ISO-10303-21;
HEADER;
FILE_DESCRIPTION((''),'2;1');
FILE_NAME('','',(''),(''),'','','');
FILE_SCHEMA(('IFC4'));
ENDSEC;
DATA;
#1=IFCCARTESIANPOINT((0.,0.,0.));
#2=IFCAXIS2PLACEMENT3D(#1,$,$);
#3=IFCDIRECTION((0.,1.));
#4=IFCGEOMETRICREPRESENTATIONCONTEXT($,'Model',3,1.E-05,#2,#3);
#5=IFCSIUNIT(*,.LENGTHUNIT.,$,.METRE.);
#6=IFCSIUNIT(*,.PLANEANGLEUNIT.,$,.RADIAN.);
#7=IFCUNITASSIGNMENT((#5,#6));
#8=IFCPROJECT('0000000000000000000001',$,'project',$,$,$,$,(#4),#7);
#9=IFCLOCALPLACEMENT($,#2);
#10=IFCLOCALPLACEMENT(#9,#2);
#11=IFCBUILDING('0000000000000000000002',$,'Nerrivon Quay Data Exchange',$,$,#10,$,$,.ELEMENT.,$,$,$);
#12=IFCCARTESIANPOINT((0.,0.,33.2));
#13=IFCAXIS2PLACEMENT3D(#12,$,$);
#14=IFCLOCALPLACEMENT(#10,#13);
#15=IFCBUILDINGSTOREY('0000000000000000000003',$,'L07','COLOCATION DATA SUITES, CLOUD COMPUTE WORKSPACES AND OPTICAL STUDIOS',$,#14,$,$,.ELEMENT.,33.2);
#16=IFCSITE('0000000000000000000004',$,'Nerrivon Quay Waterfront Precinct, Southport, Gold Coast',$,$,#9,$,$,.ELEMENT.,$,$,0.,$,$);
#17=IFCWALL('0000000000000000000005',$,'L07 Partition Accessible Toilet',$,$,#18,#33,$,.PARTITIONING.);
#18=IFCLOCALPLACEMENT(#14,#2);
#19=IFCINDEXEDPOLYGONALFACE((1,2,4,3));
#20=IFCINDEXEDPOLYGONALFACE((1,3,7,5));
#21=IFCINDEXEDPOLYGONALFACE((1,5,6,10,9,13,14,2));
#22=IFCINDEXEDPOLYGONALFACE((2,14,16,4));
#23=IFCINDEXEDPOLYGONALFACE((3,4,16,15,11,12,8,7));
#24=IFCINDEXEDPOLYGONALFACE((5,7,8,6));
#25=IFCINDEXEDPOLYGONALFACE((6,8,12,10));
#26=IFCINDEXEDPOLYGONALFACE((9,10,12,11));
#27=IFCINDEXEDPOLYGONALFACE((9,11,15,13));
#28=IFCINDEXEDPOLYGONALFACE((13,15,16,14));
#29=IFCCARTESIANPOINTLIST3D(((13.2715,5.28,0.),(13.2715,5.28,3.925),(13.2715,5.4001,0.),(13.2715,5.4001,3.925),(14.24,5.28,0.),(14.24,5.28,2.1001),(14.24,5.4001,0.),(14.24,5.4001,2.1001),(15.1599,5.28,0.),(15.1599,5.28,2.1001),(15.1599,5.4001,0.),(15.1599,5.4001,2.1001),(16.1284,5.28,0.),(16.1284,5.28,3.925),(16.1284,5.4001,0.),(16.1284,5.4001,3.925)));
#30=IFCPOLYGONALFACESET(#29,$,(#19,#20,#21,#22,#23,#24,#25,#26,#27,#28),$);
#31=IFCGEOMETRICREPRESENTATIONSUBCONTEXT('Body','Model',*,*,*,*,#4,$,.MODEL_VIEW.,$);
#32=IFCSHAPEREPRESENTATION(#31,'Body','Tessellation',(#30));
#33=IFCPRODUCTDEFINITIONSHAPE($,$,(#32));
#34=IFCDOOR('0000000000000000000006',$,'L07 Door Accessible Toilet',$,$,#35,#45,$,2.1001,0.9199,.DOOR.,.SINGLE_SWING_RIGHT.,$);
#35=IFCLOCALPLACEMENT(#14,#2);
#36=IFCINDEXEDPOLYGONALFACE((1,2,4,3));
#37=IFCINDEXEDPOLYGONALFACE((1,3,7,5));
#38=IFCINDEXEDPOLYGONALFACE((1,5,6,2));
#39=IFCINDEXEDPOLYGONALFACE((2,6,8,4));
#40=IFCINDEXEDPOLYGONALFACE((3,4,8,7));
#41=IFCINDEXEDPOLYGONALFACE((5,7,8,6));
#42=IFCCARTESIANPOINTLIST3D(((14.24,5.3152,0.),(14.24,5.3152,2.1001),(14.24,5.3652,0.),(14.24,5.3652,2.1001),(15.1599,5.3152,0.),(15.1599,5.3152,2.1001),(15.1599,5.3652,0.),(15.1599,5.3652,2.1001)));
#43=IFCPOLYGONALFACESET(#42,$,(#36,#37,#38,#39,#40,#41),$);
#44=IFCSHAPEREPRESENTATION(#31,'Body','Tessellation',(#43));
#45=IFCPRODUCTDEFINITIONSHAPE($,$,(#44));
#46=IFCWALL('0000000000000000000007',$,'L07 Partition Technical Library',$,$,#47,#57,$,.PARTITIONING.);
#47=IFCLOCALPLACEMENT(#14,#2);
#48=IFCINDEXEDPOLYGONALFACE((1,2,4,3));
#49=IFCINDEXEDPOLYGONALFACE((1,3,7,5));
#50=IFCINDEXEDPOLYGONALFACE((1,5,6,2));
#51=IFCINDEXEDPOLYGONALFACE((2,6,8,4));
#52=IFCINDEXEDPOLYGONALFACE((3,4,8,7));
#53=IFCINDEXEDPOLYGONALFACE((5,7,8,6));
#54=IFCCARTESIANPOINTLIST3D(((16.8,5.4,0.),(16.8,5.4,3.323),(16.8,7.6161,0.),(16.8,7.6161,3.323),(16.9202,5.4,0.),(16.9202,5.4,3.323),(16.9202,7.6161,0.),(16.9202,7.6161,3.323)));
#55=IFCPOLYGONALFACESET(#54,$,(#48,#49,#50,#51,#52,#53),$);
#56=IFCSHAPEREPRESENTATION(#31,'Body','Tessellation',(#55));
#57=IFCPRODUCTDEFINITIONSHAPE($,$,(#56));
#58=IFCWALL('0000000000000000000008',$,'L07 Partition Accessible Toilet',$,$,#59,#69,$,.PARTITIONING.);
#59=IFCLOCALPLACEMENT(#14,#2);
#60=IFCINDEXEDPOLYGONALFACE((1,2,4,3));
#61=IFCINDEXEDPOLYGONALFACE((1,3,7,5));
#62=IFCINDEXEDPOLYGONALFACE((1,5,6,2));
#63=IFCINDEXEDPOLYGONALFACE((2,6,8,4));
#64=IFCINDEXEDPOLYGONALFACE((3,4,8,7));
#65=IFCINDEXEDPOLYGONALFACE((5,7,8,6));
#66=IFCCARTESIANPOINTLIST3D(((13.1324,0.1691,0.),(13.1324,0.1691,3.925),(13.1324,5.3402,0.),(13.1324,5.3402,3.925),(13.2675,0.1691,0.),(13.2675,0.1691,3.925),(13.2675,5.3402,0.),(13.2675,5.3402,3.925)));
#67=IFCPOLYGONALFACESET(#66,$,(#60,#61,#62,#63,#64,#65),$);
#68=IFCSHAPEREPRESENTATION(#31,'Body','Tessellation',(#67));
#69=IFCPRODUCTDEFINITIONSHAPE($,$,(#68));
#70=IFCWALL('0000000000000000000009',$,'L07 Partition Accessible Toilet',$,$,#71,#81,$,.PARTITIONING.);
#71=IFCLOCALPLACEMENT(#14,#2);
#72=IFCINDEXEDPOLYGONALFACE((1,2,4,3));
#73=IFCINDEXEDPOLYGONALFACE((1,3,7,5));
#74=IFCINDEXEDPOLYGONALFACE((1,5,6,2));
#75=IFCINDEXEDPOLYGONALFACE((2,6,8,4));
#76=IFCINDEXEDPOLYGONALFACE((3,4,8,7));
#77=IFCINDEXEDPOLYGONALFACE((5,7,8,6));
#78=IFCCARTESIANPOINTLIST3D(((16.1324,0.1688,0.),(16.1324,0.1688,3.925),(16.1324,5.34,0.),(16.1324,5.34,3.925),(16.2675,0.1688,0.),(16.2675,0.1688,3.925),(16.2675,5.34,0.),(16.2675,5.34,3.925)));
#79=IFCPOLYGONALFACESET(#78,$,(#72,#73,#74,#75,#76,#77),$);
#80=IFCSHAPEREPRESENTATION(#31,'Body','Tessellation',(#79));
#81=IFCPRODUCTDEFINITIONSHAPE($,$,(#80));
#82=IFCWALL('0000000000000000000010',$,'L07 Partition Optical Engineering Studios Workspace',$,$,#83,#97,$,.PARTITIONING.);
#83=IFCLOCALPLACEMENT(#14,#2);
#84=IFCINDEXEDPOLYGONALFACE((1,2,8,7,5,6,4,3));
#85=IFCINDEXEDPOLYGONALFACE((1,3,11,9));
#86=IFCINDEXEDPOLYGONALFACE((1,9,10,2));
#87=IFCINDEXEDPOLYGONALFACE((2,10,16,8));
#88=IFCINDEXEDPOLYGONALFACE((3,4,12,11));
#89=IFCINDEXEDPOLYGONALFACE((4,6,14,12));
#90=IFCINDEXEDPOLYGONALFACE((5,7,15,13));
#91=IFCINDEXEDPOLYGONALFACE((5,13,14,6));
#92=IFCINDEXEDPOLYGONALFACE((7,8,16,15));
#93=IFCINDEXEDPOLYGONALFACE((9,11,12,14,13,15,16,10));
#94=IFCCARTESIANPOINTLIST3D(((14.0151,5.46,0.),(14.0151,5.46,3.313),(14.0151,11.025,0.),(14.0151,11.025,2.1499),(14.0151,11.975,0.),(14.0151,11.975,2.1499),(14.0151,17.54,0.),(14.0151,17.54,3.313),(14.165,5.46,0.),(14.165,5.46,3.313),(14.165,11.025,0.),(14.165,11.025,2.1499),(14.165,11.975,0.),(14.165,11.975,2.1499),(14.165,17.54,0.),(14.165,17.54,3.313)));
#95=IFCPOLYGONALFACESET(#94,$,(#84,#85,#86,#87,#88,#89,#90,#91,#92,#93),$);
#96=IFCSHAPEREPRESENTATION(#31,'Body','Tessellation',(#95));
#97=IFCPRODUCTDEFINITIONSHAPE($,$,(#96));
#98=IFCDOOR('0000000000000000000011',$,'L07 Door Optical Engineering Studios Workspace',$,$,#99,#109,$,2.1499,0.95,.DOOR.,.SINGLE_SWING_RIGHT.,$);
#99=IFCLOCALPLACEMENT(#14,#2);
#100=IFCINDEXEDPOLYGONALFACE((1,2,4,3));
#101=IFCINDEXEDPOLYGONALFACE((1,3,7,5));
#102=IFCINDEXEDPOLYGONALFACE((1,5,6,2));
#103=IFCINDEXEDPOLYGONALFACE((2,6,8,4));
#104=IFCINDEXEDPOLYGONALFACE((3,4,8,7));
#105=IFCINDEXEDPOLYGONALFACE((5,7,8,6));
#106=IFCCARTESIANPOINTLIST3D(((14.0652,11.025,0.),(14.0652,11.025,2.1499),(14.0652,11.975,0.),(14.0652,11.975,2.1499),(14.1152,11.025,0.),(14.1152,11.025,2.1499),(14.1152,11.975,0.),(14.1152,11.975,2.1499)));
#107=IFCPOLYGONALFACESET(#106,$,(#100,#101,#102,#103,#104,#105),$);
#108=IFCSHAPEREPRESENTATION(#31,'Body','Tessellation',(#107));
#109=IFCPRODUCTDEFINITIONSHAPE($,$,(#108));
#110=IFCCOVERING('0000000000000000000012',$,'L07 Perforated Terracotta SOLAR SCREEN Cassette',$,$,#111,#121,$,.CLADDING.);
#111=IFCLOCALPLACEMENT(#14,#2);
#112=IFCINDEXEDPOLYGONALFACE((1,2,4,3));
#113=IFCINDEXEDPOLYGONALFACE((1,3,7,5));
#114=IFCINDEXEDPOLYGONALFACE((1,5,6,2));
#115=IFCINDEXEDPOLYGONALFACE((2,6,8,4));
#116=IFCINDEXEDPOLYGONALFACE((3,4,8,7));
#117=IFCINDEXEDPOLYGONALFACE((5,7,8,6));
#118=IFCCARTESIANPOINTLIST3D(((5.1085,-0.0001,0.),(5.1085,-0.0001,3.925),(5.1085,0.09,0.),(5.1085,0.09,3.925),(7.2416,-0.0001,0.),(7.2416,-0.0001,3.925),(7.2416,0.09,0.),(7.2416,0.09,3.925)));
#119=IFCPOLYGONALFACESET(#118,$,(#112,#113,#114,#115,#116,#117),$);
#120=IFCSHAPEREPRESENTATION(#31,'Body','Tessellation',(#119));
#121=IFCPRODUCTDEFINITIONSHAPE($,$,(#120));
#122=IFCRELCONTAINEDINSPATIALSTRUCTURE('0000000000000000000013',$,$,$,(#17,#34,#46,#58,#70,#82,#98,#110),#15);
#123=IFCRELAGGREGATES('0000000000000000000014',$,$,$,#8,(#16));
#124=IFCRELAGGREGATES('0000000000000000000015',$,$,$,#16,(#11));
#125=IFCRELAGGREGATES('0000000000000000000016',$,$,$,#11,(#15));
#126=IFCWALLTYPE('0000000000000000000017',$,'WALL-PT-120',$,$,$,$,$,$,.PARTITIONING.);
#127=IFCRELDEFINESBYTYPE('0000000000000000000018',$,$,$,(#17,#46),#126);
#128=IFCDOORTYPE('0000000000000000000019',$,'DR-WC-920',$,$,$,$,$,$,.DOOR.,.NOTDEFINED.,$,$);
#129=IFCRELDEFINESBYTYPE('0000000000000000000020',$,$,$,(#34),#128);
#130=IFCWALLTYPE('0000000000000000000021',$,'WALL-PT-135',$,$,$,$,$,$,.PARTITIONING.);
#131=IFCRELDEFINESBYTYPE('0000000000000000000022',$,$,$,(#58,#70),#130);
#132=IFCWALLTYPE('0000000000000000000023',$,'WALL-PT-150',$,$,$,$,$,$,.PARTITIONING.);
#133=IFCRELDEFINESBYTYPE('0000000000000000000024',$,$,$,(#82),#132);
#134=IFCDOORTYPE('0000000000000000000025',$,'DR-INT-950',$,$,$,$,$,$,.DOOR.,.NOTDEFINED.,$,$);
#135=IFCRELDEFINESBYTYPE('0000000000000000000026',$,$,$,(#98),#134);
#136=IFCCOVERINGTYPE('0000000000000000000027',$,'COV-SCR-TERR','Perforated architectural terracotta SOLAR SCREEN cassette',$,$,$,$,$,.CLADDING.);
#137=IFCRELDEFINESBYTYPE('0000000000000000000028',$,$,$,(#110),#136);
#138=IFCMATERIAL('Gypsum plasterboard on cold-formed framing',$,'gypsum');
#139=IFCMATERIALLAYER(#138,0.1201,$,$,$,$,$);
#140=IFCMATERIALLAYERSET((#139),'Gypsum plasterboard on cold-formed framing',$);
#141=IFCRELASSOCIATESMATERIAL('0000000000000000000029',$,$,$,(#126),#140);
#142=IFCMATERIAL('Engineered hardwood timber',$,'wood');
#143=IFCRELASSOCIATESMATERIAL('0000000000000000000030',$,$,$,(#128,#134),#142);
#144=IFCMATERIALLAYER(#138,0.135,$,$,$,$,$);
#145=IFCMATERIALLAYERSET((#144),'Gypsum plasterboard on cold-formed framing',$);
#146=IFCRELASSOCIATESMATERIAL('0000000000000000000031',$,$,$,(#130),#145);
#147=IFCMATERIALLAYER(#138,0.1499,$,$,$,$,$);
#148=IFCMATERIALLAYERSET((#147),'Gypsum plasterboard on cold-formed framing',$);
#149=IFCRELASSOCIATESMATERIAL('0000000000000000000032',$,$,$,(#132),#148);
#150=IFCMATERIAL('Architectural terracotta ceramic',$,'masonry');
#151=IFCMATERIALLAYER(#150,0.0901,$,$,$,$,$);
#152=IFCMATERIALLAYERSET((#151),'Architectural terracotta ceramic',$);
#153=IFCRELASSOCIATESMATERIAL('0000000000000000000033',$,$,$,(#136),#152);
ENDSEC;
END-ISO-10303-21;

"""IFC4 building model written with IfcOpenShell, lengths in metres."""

from ifc_helpers import new_model, si_unit, direction, frame, frame_2d, origin, origin_2d, place, context, subcontext, project, spatial, rectangle, extrude, material, layer, layer_set, type_object, element, fill, save


model = new_model("IFC4")

# Units and contexts
model_context = context("Model", 3, precision=1e-05, world=origin(), true_north=direction((0.0, 1.0)))
body_context = subcontext(model_context, "Body", "Model", "MODEL_VIEW")
ifc_project = project(units=[si_unit("LENGTHUNIT", "METRE"), si_unit("PLANEANGLEUNIT", "RADIAN")], contexts=[model_context])

# Site, building, storey
site_placement = place(None, origin())
site = spatial("IfcSite", under=ifc_project, at=site_placement, Name="Nerrivon Quay Waterfront Precinct, Southport, Gold Coast", CompositionType="ELEMENT", RefElevation=0.0)
building_placement = place(site_placement, origin())
building = spatial("IfcBuilding", under=site, at=building_placement, Name="Nerrivon Quay Data Exchange", CompositionType="ELEMENT")
storey_placement = place(building_placement, frame((0.0, 0.0, 33.2)))
storey = spatial("IfcBuildingStorey", under=building, at=storey_placement, Name="L07", Description="COLOCATION DATA SUITES, CLOUD COMPUTE WORKSPACES AND OPTICAL STUDIOS", CompositionType="ELEMENT", Elevation=33.2)

# Wall, opening, door
ifc_material_1 = material(Name="Gypsum plasterboard on cold-formed framing", Category="gypsum")
ifc_layer_1 = layer(ifc_material_1, 0.1201)
ifc_layer_set_1 = layer_set([ifc_layer_1], Name="Gypsum plasterboard on cold-formed framing")
wall_type_1 = type_object("IfcWallType", Name="WALL-PT-120", PredefinedType="PARTITIONING", material=ifc_layer_set_1)
wall_1_placement = place(storey_placement, frame((16.1284, 5.3401, 0.0), z_axis=(0.0, 0.0, 1.0), x_axis=(-1.0, 0.0, 0.0)))
wall_1 = element("IfcWall", 1, at=wall_1_placement, inside=storey, type_object=wall_type_1, Name="L07 Partition Accessible Toilet", PredefinedType="PARTITIONING", context=body_context, shape_type="SweptSolid", body=[
    extrude(rectangle(XDim=2.8569, YDim=0.1201, at=frame_2d((1.4285, 0.0))), origin(), (0.0, 0.0, 1.0), 3.925),
])
opening_1_placement = place(wall_1_placement, frame((0.9685, 0.0, 0.0)))
opening_1 = element("IfcOpeningElement", 2, at=opening_1_placement, cuts=wall_1, PredefinedType="OPENING", context=body_context, shape_type="SweptSolid", body=[
    extrude(rectangle(XDim=0.9199, YDim=2.1001, at=frame_2d((0.46, 1.05))), frame((0.0, 0.0701, 0.0), z_axis=(0.0, -1.0, 0.0), x_axis=(1.0, 0.0, 0.0)), (0.0, 0.0, 1.0), 0.1401),
])
ifc_material_2 = material(Name="Engineered hardwood timber", Category="wood")
door_type_1 = type_object("IfcDoorType", Name="DR-WC-920", OperationType="NOTDEFINED", PredefinedType="DOOR", material=ifc_material_2)
door_1_placement = place(opening_1_placement, origin())
door_1 = element("IfcDoor", 3, at=door_1_placement, inside=storey, type_object=door_type_1, Name="L07 Door Accessible Toilet", OperationType="SINGLE_SWING_RIGHT", OverallHeight=2.1001, OverallWidth=0.9199, PredefinedType="DOOR", context=body_context, shape_type="SweptSolid", body=[
    extrude(rectangle(XDim=0.9199, YDim=2.1001, at=frame_2d((0.46, 1.05))), frame((0.0, 0.0249, 0.0), z_axis=(0.0, -1.0, 0.0), x_axis=(1.0, 0.0, 0.0)), (0.0, 0.0, 1.0), 0.05),
])
fill(opening_1, door_1)

# Walls
wall_2_placement = place(storey_placement, frame((16.8601, 7.616, 0.0), z_axis=(0.0, 0.0, 1.0), x_axis=(0.0, -1.0, 0.0)))
element("IfcWall", 4, at=wall_2_placement, inside=storey, type_object=wall_type_1, Name="L07 Partition Technical Library", PredefinedType="PARTITIONING", context=body_context, shape_type="SweptSolid", body=[
    extrude(rectangle(XDim=2.2161, YDim=0.1201, at=frame_2d((1.1079, 0.0))), origin(), (0.0, 0.0, 1.0), 3.323),
])
ifc_layer_2 = layer(ifc_material_1, 0.135)
ifc_layer_set_2 = layer_set([ifc_layer_2], Name="Gypsum plasterboard on cold-formed framing")
wall_type_2 = type_object("IfcWallType", Name="WALL-PT-135", PredefinedType="PARTITIONING", material=ifc_layer_set_2)
for number, where, z_axis, x_axis, name in (
    (5, (13.2, 5.3401, 0.0), (0.0, 0.0, 1.0), (0.0, -1.0, 0.0), "L07 Partition Accessible Toilet"),
    (6, (16.2, 0.1689, 0.0), (0.0, 0.0, 1.0), (0.0, 1.0, 0.0), "L07 Partition Accessible Toilet"),
):
    element("IfcWall", number, at=place(storey_placement, frame(where, z_axis=z_axis, x_axis=x_axis)), inside=storey, type_object=wall_type_2, Name=name, PredefinedType="PARTITIONING", context=body_context, shape_type="SweptSolid", body=[
        extrude(rectangle(XDim=5.1711, YDim=0.135, at=frame_2d((2.5854, 0.0))), origin(), (0.0, 0.0, 1.0), 3.925),
    ])

# Wall, opening, door
ifc_layer_3 = layer(ifc_material_1, 0.1499)
ifc_layer_set_3 = layer_set([ifc_layer_3], Name="Gypsum plasterboard on cold-formed framing")
wall_type_3 = type_object("IfcWallType", Name="WALL-PT-150", PredefinedType="PARTITIONING", material=ifc_layer_set_3)
wall_3_placement = place(storey_placement, frame((14.0901, 5.46, 0.0), z_axis=(0.0, 0.0, 1.0), x_axis=(0.0, 1.0, 0.0)))
wall_3 = element("IfcWall", 7, at=wall_3_placement, inside=storey, type_object=wall_type_3, Name="L07 Partition Optical Engineering Studios Workspace", PredefinedType="PARTITIONING", context=body_context, shape_type="SweptSolid", body=[
    extrude(rectangle(XDim=12.0801, YDim=0.1499, at=frame_2d((6.04, 0.0))), origin(), (0.0, 0.0, 1.0), 3.313),
])
opening_2_placement = place(wall_3_placement, frame((5.5649, 0.0, 0.0)))
opening_2 = element("IfcOpeningElement", 8, at=opening_2_placement, cuts=wall_3, PredefinedType="OPENING", context=body_context, shape_type="SweptSolid", body=[
    extrude(rectangle(XDim=0.95, YDim=2.1499, at=frame_2d((0.4751, 1.075))), frame((0.0, 0.085, 0.0), z_axis=(0.0, -1.0, 0.0), x_axis=(1.0, 0.0, 0.0)), (0.0, 0.0, 1.0), 0.1699),
])
door_type_2 = type_object("IfcDoorType", Name="DR-INT-950", OperationType="NOTDEFINED", PredefinedType="DOOR", material=ifc_material_2)
door_2_placement = place(opening_2_placement, origin())
door_2 = element("IfcDoor", 9, at=door_2_placement, inside=storey, type_object=door_type_2, Name="L07 Door Optical Engineering Studios Workspace", OperationType="SINGLE_SWING_RIGHT", OverallHeight=2.1499, OverallWidth=0.95, PredefinedType="DOOR", context=body_context, shape_type="SweptSolid", body=[
    extrude(rectangle(XDim=0.95, YDim=2.1499, at=frame_2d((0.4751, 1.075))), frame((0.0, 0.0249, 0.0), z_axis=(0.0, -1.0, 0.0), x_axis=(1.0, 0.0, 0.0)), (0.0, 0.0, 1.0), 0.05),
])
fill(opening_2, door_2)

# Covering
ifc_material_3 = material(Name="Architectural terracotta ceramic", Category="masonry")
ifc_layer_4 = layer(ifc_material_3, 0.0901)
ifc_layer_set_4 = layer_set([ifc_layer_4], Name="Architectural terracotta ceramic")
covering_type = type_object("IfcCoveringType", Name="COV-SCR-TERR", Description="Perforated architectural terracotta SOLAR SCREEN cassette", PredefinedType="CLADDING", material=ifc_layer_set_4)
covering_placement = place(storey_placement, frame((6.175, 0.0449, 0.0), z_axis=(0.0, 0.0, 1.0), x_axis=(-1.0, 0.0, 0.0)))
element("IfcCovering", 10, at=covering_placement, inside=storey, type_object=covering_type, Name="L07 Perforated Terracotta SOLAR SCREEN Cassette", PredefinedType="CLADDING", context=body_context, shape_type="SweptSolid", body=[
    extrude(rectangle(XDim=2.1331, YDim=0.0901, at=origin_2d()), origin(), (0.0, 0.0, 1.0), 3.925),
])

save(model, "model.ifc")
